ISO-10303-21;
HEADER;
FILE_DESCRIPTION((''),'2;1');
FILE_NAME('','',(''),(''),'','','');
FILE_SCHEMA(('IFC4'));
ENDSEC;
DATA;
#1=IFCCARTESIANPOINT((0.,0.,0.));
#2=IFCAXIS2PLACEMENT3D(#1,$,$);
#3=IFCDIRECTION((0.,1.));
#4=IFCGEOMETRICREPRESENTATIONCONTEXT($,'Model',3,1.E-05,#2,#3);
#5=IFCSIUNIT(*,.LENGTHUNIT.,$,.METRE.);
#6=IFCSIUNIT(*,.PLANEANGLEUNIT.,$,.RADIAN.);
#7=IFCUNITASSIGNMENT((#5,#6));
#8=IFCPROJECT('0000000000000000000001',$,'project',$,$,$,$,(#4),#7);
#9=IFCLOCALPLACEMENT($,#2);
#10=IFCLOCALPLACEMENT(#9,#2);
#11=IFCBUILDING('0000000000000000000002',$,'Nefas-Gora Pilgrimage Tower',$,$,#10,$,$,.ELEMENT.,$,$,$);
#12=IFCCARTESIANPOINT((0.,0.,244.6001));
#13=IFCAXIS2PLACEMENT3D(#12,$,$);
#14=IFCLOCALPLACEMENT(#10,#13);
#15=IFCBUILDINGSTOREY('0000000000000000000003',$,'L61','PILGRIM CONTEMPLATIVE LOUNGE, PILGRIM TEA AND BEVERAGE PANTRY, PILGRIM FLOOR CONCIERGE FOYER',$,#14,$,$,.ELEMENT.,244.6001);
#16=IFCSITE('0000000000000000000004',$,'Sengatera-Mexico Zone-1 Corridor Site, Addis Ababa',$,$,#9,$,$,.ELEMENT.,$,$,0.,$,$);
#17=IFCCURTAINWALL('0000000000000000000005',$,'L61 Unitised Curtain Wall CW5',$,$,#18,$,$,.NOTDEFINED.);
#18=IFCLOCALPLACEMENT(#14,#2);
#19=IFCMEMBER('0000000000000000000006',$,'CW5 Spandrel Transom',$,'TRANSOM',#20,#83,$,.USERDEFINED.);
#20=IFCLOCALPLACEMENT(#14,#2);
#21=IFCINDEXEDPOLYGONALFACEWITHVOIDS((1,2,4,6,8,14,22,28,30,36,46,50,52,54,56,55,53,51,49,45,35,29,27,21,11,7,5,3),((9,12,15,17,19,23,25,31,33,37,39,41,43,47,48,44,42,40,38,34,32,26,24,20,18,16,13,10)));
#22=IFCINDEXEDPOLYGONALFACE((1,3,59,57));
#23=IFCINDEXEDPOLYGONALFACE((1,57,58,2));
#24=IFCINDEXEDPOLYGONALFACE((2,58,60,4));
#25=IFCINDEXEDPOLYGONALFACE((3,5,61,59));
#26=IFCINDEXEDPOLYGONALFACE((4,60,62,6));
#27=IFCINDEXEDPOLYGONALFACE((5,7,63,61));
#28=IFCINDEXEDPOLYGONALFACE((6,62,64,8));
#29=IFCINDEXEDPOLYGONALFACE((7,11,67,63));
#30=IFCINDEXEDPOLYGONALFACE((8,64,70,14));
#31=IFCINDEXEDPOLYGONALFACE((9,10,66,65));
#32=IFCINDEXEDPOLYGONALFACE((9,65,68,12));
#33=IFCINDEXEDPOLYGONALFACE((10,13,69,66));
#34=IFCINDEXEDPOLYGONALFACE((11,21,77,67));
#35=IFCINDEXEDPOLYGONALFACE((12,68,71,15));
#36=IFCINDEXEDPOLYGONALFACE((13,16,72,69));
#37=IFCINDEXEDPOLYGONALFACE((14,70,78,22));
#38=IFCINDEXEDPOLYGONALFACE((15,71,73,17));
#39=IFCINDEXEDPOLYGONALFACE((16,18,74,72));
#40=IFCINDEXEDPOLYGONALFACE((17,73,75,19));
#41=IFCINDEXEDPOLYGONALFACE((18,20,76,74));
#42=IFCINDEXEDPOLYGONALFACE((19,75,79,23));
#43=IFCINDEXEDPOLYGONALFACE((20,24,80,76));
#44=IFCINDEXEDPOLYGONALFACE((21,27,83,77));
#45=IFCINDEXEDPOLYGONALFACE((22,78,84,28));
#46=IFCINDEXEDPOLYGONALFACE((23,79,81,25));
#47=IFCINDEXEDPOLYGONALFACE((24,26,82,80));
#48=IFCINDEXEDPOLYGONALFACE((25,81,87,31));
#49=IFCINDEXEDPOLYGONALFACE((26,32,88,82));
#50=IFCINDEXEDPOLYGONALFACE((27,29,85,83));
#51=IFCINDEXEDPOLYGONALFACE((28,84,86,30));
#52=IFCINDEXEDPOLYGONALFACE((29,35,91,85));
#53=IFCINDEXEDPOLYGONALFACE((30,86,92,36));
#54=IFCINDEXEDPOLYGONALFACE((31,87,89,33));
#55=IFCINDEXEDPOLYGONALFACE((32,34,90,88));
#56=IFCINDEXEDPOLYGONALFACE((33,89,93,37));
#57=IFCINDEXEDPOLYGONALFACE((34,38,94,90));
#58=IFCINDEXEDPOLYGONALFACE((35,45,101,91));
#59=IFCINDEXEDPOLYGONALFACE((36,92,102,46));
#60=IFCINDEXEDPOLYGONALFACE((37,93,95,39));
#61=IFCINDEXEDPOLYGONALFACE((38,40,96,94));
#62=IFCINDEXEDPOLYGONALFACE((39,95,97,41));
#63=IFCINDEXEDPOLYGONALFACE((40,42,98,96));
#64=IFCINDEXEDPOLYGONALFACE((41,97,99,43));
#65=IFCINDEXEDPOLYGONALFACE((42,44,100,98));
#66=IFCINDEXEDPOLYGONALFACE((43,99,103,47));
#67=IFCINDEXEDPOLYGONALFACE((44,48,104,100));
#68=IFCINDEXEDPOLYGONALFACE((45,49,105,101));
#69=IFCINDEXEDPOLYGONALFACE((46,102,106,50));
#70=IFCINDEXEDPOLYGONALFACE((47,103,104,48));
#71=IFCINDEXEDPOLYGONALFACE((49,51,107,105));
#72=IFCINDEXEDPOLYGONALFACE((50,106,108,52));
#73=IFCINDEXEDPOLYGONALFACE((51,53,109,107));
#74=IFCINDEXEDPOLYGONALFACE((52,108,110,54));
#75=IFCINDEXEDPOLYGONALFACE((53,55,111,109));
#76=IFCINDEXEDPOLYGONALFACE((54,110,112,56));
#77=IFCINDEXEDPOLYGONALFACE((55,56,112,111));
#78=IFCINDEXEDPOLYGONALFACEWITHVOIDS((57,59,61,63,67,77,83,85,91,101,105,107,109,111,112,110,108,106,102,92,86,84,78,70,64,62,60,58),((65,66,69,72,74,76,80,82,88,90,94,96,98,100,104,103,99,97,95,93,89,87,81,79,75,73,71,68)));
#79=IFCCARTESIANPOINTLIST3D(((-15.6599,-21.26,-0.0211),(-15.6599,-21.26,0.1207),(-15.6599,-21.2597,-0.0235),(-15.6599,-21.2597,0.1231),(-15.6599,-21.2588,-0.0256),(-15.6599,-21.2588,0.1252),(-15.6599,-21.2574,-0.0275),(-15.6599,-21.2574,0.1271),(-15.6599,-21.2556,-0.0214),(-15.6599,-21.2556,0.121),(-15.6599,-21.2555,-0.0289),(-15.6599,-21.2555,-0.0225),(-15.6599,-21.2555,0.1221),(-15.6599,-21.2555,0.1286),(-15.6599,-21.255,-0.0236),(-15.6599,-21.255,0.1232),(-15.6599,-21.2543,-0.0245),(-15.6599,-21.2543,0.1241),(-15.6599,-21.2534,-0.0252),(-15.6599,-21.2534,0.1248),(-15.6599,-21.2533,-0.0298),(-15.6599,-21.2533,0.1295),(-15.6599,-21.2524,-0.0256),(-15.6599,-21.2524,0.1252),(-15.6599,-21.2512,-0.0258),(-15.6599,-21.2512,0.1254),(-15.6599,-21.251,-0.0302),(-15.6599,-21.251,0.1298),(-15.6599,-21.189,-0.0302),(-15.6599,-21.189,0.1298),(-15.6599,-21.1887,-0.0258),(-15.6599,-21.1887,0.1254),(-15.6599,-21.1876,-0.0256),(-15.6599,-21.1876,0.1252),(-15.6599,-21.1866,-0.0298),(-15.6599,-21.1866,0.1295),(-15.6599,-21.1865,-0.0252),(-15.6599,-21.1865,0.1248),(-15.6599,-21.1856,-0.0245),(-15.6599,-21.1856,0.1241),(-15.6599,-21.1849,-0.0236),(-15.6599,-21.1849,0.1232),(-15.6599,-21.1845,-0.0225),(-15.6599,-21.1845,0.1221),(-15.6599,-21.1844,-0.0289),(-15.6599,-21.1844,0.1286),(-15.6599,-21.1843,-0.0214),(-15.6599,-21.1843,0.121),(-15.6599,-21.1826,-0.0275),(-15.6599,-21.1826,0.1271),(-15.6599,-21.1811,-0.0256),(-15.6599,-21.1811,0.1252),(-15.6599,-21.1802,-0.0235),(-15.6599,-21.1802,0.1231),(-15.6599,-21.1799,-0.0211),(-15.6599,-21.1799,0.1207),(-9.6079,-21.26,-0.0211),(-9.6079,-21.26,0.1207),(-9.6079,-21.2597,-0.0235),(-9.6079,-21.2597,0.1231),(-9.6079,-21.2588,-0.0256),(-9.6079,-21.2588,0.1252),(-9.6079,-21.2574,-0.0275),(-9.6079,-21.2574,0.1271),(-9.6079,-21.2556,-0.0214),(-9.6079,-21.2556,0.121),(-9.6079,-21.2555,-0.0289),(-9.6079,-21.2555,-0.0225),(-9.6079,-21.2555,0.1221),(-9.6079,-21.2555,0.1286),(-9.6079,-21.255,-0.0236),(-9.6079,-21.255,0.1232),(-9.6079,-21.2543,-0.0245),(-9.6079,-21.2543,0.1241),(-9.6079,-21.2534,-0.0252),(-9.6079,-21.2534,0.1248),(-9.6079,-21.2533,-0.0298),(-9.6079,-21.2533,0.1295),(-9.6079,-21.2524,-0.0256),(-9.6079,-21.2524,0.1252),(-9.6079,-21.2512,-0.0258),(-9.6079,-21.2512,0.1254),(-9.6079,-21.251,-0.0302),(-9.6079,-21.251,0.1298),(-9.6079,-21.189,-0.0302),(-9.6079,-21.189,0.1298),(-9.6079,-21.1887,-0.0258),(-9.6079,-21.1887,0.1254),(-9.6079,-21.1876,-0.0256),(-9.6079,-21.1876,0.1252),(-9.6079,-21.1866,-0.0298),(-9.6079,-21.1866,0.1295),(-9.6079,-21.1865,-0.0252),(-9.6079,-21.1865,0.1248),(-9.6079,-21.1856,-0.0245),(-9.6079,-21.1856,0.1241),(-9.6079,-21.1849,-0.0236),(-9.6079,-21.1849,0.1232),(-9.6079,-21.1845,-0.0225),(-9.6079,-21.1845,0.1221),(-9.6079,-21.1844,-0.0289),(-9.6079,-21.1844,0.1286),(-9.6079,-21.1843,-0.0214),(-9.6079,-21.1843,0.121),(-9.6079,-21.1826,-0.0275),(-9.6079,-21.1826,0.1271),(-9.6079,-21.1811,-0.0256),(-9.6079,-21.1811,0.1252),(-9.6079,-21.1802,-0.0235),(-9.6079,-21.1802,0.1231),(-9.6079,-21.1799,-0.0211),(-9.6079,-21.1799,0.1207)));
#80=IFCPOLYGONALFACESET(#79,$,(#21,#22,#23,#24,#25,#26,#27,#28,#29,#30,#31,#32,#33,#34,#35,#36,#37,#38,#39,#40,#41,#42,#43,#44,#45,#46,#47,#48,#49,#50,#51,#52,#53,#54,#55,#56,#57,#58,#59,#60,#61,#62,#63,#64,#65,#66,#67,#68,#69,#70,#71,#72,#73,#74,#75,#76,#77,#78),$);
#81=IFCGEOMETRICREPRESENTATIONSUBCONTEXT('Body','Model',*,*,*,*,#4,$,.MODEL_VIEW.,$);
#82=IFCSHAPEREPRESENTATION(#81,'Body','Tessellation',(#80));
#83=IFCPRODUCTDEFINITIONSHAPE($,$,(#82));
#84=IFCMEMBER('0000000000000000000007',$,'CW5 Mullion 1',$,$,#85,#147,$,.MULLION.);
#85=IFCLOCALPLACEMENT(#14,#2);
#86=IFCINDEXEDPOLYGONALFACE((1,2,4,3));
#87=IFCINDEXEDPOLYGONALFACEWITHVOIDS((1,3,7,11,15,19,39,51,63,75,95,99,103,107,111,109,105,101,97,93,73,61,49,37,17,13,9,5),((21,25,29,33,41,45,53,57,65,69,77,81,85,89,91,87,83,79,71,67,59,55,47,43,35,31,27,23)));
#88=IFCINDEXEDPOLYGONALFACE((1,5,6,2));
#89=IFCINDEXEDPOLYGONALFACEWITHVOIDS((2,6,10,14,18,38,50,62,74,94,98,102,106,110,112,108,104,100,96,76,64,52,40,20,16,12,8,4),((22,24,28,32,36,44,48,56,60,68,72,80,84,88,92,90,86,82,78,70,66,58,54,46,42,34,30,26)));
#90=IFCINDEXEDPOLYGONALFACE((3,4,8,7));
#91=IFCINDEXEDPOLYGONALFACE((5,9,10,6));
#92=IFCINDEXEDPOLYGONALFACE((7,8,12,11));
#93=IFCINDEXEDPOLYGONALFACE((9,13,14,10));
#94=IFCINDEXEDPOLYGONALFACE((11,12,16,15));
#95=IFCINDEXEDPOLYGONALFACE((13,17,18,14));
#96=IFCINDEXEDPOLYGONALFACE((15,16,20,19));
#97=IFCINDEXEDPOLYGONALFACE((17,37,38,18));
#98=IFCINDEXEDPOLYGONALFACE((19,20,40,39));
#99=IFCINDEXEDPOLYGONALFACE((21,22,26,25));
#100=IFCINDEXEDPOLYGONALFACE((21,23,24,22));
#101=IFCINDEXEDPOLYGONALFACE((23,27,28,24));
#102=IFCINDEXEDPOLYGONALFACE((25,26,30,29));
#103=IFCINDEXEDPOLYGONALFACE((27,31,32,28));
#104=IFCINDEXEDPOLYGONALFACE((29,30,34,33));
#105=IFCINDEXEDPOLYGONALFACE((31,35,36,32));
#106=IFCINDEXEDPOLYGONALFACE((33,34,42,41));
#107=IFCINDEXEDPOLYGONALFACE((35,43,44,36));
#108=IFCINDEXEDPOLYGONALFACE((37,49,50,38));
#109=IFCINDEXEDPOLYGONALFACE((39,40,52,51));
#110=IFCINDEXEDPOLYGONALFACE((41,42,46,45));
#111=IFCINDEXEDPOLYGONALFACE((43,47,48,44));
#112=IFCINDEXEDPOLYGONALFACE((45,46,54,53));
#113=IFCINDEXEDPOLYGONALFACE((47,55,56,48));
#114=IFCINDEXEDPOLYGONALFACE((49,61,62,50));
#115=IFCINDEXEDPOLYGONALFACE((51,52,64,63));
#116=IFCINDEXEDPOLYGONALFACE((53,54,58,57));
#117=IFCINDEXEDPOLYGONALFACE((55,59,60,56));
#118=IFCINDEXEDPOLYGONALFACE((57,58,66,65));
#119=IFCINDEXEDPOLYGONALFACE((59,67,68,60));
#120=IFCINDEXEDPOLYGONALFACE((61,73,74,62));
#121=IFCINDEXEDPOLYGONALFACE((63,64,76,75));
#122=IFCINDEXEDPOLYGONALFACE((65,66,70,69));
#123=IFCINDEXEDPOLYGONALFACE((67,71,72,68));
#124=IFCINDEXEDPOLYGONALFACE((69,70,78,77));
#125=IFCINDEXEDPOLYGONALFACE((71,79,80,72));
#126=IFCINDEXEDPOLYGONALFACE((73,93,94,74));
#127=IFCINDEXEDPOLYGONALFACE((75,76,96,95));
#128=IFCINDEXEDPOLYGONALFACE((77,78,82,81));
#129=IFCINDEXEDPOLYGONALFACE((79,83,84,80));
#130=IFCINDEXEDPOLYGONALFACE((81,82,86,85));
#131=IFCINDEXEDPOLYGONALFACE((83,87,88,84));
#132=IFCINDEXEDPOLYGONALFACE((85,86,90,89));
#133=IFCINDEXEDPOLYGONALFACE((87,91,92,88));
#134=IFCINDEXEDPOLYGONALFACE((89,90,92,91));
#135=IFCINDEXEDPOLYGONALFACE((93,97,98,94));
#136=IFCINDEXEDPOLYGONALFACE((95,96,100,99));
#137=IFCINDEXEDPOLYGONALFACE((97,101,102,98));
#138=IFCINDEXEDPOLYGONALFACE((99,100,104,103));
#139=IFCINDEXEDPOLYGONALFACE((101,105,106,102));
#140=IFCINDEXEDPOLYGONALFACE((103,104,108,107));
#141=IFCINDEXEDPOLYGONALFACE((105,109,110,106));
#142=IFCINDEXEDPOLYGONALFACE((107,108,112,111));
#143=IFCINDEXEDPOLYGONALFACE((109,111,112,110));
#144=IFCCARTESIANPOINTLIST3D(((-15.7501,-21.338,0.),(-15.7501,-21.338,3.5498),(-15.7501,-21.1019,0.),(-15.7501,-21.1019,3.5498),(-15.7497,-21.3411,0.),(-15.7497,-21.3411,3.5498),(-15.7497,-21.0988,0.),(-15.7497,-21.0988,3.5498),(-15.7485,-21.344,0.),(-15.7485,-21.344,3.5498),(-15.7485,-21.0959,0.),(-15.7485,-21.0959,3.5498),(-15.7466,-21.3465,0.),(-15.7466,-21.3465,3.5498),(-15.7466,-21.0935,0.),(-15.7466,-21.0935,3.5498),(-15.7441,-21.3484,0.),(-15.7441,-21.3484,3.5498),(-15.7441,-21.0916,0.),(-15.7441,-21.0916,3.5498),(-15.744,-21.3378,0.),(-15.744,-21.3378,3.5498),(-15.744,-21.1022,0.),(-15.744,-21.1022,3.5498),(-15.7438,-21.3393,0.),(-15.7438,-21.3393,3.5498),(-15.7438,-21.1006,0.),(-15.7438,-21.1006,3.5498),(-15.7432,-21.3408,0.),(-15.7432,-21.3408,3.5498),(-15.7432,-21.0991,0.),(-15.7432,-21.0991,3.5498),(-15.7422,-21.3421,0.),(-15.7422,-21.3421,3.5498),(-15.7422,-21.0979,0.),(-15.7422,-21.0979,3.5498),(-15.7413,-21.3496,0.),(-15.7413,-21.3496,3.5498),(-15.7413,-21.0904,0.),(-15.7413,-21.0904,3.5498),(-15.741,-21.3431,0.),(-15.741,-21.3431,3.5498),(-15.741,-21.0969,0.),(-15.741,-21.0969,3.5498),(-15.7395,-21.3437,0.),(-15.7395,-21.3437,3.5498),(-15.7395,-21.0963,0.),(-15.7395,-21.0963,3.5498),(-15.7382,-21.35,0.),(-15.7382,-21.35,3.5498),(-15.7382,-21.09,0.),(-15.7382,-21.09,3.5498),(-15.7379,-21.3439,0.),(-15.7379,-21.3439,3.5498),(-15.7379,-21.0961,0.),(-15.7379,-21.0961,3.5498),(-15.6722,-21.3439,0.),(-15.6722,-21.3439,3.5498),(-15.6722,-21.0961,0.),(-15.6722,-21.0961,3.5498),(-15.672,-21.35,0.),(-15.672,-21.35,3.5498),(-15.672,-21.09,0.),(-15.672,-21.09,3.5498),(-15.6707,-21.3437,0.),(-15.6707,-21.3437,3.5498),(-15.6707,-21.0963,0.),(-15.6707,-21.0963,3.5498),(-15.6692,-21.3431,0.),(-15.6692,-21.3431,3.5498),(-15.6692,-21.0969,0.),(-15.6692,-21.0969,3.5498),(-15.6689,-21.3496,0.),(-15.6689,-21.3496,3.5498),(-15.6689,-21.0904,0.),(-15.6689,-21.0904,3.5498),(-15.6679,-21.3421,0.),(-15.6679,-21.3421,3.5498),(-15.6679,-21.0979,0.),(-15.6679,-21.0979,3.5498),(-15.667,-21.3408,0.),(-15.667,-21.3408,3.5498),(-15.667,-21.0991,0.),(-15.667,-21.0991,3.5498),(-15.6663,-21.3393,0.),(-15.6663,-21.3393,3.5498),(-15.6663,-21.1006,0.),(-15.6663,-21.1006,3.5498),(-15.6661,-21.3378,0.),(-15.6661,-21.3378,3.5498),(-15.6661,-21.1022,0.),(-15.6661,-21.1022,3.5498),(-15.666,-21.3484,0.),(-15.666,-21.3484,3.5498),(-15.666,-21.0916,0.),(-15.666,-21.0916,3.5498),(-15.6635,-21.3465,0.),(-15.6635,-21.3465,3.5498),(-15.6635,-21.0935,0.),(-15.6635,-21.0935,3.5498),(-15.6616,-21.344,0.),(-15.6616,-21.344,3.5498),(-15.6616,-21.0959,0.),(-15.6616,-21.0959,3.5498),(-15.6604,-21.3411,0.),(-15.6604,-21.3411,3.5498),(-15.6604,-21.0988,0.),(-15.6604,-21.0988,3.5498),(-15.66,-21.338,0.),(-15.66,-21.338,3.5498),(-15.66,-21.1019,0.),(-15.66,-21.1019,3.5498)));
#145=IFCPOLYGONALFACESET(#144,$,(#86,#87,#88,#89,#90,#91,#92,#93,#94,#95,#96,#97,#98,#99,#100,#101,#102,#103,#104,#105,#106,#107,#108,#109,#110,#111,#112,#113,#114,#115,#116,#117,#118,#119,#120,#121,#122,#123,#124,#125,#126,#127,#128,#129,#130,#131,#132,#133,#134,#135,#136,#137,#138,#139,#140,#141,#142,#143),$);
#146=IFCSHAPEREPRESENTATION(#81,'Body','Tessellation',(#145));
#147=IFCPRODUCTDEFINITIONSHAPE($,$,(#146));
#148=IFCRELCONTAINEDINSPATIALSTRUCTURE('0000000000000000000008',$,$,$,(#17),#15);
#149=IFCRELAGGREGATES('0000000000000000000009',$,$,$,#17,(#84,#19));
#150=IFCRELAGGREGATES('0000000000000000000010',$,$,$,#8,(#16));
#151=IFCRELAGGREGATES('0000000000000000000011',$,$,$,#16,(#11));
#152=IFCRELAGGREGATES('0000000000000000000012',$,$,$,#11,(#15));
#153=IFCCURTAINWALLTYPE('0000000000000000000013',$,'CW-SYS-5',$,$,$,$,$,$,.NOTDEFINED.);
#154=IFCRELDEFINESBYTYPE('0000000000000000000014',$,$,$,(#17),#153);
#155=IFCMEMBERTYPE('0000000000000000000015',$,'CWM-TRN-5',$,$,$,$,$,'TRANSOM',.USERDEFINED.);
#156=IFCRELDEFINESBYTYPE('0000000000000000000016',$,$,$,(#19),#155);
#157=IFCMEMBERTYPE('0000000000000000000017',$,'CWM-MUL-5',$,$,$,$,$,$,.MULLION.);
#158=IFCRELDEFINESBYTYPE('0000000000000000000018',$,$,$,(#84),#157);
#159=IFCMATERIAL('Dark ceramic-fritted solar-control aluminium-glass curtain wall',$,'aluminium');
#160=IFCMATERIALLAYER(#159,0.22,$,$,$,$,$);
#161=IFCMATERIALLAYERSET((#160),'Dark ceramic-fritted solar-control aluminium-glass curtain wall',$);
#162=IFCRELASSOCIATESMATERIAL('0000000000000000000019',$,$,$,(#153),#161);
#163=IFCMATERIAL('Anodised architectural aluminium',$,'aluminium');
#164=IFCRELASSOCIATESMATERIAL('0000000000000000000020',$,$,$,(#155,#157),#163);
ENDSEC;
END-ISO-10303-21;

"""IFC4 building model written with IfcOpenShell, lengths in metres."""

from ifc_helpers import new_model, si_unit, direction, frame, origin, origin_2d, place, context, subcontext, project, spatial, hollow_rectangle, extrude, source, transform, mapped, material, layer, layer_set, material_profile, profile_set, type_object, element, aggregate, save


model = new_model("IFC4")

# Units and contexts
model_context = context("Model", 3, precision=1e-05, world=origin(), true_north=direction((0.0, 1.0)))
body_context = subcontext(model_context, "Body", "Model", "MODEL_VIEW")
ifc_project = project(units=[si_unit("LENGTHUNIT", "METRE"), si_unit("PLANEANGLEUNIT", "RADIAN")], contexts=[model_context])

# Site, building, storey
site_placement = place(None, origin())
site = spatial("IfcSite", under=ifc_project, at=site_placement, Name="Sengatera-Mexico Zone-1 Corridor Site, Addis Ababa", CompositionType="ELEMENT", RefElevation=0.0)
building_placement = place(site_placement, origin())
building = spatial("IfcBuilding", under=site, at=building_placement, Name="Nefas-Gora Pilgrimage Tower", CompositionType="ELEMENT")
storey_placement = place(building_placement, frame((0.0, 0.0, 244.6001)))
storey = spatial("IfcBuildingStorey", under=building, at=storey_placement, Name="L61", Description="PILGRIM CONTEMPLATIVE LOUNGE, PILGRIM TEA AND BEVERAGE PANTRY, PILGRIM FLOOR CONCIERGE FOYER", CompositionType="ELEMENT", Elevation=244.6001)

# Curtain wall, members
ifc_material_1 = material(Name="Dark ceramic-fritted solar-control aluminium-glass curtain wall", Category="aluminium")
ifc_layer_1 = layer(ifc_material_1, 0.22)
ifc_layer_set_1 = layer_set([ifc_layer_1], Name="Dark ceramic-fritted solar-control aluminium-glass curtain wall")
curtain_wall_type_1 = type_object("IfcCurtainWallType", Name="CW-SYS-5", PredefinedType="NOTDEFINED", material=ifc_layer_set_1)
curtain_wall_1_placement = place(storey_placement, origin())
curtain_wall_1 = element("IfcCurtainWall", 1, at=curtain_wall_1_placement, inside=storey, type_object=curtain_wall_type_1, Name="L61 Unitised Curtain Wall CW5", PredefinedType="NOTDEFINED")
ifc_material_2 = material(Name="Anodised architectural aluminium", Category="aluminium")
ifc_material_profile_1 = material_profile(ifc_material_2, hollow_rectangle(XDim=0.0801, YDim=0.1599, WallThickness=0.0044, InnerFilletRadius=0.0044, OuterFilletRadius=0.009, at=origin_2d()), Name="ALU TRANSOM 80x160")
ifc_profile_set_1 = profile_set([ifc_material_profile_1], Name="Anodised architectural aluminium")
member_type_1 = type_object("IfcMemberType", Name="CWM-TRN-5", ElementType="TRANSOM", PredefinedType="USERDEFINED", material=ifc_profile_set_1)
shared_shape_1 = source(origin(), body_context, "Body", "SweptSolid", [
    extrude(hollow_rectangle(XDim=0.0801, YDim=0.1599, WallThickness=0.0044, InnerFilletRadius=0.0044, OuterFilletRadius=0.009, at=origin_2d()), origin(), (0.0, 0.0, 1.0), 6.052),
])
member_1_placement = place(storey_placement, frame((-15.6599, -21.22, 0.0498), z_axis=(1.0, 0.0, 0.0), x_axis=(0.0, 1.0, 0.0)))
member_1 = element("IfcMember", 2, at=member_1_placement, type_object=member_type_1, Name="CW5 Spandrel Transom", ObjectType="TRANSOM", PredefinedType="USERDEFINED", context=body_context, shape_type="MappedRepresentation", body=[
    mapped(shared_shape_1, transform((0.0, 0.0, 0.0), x_axis=(1.0, 0.0, 0.0), y_axis=(0.0, 1.0, 0.0), z_axis=(0.0, 0.0, 1.0), scale=1.0)),
])
ifc_material_profile_2 = material_profile(ifc_material_2, hollow_rectangle(XDim=0.0901, YDim=0.26, WallThickness=0.0061, InnerFilletRadius=0.0061, OuterFilletRadius=0.012, at=origin_2d()), Name="ALU MULLION 90x260")
ifc_profile_set_2 = profile_set([ifc_material_profile_2], Name="Anodised architectural aluminium")
member_type_2 = type_object("IfcMemberType", Name="CWM-MUL-5", PredefinedType="MULLION", material=ifc_profile_set_2)
shared_shape_2 = source(origin(), body_context, "Body", "SweptSolid", [
    extrude(hollow_rectangle(XDim=0.0901, YDim=0.26, WallThickness=0.0061, InnerFilletRadius=0.0061, OuterFilletRadius=0.012, at=origin_2d()), origin(), (0.0, 0.0, 1.0), 3.5498),
])
member_2_placement = place(storey_placement, frame((-15.7051, -21.22, 0.0), z_axis=(0.0, 0.0, 1.0), x_axis=(1.0, 0.0, 0.0)))
member_2 = element("IfcMember", 3, at=member_2_placement, type_object=member_type_2, Name="CW5 Mullion 1", PredefinedType="MULLION", context=body_context, shape_type="MappedRepresentation", body=[
    mapped(shared_shape_2, transform((0.0, 0.0, 0.0), x_axis=(1.0, 0.0, 0.0), y_axis=(0.0, 1.0, 0.0), z_axis=(0.0, 0.0, 1.0), scale=1.0)),
])

aggregate(curtain_wall_1, [member_2, member_1])

save(model, "model.ifc")
